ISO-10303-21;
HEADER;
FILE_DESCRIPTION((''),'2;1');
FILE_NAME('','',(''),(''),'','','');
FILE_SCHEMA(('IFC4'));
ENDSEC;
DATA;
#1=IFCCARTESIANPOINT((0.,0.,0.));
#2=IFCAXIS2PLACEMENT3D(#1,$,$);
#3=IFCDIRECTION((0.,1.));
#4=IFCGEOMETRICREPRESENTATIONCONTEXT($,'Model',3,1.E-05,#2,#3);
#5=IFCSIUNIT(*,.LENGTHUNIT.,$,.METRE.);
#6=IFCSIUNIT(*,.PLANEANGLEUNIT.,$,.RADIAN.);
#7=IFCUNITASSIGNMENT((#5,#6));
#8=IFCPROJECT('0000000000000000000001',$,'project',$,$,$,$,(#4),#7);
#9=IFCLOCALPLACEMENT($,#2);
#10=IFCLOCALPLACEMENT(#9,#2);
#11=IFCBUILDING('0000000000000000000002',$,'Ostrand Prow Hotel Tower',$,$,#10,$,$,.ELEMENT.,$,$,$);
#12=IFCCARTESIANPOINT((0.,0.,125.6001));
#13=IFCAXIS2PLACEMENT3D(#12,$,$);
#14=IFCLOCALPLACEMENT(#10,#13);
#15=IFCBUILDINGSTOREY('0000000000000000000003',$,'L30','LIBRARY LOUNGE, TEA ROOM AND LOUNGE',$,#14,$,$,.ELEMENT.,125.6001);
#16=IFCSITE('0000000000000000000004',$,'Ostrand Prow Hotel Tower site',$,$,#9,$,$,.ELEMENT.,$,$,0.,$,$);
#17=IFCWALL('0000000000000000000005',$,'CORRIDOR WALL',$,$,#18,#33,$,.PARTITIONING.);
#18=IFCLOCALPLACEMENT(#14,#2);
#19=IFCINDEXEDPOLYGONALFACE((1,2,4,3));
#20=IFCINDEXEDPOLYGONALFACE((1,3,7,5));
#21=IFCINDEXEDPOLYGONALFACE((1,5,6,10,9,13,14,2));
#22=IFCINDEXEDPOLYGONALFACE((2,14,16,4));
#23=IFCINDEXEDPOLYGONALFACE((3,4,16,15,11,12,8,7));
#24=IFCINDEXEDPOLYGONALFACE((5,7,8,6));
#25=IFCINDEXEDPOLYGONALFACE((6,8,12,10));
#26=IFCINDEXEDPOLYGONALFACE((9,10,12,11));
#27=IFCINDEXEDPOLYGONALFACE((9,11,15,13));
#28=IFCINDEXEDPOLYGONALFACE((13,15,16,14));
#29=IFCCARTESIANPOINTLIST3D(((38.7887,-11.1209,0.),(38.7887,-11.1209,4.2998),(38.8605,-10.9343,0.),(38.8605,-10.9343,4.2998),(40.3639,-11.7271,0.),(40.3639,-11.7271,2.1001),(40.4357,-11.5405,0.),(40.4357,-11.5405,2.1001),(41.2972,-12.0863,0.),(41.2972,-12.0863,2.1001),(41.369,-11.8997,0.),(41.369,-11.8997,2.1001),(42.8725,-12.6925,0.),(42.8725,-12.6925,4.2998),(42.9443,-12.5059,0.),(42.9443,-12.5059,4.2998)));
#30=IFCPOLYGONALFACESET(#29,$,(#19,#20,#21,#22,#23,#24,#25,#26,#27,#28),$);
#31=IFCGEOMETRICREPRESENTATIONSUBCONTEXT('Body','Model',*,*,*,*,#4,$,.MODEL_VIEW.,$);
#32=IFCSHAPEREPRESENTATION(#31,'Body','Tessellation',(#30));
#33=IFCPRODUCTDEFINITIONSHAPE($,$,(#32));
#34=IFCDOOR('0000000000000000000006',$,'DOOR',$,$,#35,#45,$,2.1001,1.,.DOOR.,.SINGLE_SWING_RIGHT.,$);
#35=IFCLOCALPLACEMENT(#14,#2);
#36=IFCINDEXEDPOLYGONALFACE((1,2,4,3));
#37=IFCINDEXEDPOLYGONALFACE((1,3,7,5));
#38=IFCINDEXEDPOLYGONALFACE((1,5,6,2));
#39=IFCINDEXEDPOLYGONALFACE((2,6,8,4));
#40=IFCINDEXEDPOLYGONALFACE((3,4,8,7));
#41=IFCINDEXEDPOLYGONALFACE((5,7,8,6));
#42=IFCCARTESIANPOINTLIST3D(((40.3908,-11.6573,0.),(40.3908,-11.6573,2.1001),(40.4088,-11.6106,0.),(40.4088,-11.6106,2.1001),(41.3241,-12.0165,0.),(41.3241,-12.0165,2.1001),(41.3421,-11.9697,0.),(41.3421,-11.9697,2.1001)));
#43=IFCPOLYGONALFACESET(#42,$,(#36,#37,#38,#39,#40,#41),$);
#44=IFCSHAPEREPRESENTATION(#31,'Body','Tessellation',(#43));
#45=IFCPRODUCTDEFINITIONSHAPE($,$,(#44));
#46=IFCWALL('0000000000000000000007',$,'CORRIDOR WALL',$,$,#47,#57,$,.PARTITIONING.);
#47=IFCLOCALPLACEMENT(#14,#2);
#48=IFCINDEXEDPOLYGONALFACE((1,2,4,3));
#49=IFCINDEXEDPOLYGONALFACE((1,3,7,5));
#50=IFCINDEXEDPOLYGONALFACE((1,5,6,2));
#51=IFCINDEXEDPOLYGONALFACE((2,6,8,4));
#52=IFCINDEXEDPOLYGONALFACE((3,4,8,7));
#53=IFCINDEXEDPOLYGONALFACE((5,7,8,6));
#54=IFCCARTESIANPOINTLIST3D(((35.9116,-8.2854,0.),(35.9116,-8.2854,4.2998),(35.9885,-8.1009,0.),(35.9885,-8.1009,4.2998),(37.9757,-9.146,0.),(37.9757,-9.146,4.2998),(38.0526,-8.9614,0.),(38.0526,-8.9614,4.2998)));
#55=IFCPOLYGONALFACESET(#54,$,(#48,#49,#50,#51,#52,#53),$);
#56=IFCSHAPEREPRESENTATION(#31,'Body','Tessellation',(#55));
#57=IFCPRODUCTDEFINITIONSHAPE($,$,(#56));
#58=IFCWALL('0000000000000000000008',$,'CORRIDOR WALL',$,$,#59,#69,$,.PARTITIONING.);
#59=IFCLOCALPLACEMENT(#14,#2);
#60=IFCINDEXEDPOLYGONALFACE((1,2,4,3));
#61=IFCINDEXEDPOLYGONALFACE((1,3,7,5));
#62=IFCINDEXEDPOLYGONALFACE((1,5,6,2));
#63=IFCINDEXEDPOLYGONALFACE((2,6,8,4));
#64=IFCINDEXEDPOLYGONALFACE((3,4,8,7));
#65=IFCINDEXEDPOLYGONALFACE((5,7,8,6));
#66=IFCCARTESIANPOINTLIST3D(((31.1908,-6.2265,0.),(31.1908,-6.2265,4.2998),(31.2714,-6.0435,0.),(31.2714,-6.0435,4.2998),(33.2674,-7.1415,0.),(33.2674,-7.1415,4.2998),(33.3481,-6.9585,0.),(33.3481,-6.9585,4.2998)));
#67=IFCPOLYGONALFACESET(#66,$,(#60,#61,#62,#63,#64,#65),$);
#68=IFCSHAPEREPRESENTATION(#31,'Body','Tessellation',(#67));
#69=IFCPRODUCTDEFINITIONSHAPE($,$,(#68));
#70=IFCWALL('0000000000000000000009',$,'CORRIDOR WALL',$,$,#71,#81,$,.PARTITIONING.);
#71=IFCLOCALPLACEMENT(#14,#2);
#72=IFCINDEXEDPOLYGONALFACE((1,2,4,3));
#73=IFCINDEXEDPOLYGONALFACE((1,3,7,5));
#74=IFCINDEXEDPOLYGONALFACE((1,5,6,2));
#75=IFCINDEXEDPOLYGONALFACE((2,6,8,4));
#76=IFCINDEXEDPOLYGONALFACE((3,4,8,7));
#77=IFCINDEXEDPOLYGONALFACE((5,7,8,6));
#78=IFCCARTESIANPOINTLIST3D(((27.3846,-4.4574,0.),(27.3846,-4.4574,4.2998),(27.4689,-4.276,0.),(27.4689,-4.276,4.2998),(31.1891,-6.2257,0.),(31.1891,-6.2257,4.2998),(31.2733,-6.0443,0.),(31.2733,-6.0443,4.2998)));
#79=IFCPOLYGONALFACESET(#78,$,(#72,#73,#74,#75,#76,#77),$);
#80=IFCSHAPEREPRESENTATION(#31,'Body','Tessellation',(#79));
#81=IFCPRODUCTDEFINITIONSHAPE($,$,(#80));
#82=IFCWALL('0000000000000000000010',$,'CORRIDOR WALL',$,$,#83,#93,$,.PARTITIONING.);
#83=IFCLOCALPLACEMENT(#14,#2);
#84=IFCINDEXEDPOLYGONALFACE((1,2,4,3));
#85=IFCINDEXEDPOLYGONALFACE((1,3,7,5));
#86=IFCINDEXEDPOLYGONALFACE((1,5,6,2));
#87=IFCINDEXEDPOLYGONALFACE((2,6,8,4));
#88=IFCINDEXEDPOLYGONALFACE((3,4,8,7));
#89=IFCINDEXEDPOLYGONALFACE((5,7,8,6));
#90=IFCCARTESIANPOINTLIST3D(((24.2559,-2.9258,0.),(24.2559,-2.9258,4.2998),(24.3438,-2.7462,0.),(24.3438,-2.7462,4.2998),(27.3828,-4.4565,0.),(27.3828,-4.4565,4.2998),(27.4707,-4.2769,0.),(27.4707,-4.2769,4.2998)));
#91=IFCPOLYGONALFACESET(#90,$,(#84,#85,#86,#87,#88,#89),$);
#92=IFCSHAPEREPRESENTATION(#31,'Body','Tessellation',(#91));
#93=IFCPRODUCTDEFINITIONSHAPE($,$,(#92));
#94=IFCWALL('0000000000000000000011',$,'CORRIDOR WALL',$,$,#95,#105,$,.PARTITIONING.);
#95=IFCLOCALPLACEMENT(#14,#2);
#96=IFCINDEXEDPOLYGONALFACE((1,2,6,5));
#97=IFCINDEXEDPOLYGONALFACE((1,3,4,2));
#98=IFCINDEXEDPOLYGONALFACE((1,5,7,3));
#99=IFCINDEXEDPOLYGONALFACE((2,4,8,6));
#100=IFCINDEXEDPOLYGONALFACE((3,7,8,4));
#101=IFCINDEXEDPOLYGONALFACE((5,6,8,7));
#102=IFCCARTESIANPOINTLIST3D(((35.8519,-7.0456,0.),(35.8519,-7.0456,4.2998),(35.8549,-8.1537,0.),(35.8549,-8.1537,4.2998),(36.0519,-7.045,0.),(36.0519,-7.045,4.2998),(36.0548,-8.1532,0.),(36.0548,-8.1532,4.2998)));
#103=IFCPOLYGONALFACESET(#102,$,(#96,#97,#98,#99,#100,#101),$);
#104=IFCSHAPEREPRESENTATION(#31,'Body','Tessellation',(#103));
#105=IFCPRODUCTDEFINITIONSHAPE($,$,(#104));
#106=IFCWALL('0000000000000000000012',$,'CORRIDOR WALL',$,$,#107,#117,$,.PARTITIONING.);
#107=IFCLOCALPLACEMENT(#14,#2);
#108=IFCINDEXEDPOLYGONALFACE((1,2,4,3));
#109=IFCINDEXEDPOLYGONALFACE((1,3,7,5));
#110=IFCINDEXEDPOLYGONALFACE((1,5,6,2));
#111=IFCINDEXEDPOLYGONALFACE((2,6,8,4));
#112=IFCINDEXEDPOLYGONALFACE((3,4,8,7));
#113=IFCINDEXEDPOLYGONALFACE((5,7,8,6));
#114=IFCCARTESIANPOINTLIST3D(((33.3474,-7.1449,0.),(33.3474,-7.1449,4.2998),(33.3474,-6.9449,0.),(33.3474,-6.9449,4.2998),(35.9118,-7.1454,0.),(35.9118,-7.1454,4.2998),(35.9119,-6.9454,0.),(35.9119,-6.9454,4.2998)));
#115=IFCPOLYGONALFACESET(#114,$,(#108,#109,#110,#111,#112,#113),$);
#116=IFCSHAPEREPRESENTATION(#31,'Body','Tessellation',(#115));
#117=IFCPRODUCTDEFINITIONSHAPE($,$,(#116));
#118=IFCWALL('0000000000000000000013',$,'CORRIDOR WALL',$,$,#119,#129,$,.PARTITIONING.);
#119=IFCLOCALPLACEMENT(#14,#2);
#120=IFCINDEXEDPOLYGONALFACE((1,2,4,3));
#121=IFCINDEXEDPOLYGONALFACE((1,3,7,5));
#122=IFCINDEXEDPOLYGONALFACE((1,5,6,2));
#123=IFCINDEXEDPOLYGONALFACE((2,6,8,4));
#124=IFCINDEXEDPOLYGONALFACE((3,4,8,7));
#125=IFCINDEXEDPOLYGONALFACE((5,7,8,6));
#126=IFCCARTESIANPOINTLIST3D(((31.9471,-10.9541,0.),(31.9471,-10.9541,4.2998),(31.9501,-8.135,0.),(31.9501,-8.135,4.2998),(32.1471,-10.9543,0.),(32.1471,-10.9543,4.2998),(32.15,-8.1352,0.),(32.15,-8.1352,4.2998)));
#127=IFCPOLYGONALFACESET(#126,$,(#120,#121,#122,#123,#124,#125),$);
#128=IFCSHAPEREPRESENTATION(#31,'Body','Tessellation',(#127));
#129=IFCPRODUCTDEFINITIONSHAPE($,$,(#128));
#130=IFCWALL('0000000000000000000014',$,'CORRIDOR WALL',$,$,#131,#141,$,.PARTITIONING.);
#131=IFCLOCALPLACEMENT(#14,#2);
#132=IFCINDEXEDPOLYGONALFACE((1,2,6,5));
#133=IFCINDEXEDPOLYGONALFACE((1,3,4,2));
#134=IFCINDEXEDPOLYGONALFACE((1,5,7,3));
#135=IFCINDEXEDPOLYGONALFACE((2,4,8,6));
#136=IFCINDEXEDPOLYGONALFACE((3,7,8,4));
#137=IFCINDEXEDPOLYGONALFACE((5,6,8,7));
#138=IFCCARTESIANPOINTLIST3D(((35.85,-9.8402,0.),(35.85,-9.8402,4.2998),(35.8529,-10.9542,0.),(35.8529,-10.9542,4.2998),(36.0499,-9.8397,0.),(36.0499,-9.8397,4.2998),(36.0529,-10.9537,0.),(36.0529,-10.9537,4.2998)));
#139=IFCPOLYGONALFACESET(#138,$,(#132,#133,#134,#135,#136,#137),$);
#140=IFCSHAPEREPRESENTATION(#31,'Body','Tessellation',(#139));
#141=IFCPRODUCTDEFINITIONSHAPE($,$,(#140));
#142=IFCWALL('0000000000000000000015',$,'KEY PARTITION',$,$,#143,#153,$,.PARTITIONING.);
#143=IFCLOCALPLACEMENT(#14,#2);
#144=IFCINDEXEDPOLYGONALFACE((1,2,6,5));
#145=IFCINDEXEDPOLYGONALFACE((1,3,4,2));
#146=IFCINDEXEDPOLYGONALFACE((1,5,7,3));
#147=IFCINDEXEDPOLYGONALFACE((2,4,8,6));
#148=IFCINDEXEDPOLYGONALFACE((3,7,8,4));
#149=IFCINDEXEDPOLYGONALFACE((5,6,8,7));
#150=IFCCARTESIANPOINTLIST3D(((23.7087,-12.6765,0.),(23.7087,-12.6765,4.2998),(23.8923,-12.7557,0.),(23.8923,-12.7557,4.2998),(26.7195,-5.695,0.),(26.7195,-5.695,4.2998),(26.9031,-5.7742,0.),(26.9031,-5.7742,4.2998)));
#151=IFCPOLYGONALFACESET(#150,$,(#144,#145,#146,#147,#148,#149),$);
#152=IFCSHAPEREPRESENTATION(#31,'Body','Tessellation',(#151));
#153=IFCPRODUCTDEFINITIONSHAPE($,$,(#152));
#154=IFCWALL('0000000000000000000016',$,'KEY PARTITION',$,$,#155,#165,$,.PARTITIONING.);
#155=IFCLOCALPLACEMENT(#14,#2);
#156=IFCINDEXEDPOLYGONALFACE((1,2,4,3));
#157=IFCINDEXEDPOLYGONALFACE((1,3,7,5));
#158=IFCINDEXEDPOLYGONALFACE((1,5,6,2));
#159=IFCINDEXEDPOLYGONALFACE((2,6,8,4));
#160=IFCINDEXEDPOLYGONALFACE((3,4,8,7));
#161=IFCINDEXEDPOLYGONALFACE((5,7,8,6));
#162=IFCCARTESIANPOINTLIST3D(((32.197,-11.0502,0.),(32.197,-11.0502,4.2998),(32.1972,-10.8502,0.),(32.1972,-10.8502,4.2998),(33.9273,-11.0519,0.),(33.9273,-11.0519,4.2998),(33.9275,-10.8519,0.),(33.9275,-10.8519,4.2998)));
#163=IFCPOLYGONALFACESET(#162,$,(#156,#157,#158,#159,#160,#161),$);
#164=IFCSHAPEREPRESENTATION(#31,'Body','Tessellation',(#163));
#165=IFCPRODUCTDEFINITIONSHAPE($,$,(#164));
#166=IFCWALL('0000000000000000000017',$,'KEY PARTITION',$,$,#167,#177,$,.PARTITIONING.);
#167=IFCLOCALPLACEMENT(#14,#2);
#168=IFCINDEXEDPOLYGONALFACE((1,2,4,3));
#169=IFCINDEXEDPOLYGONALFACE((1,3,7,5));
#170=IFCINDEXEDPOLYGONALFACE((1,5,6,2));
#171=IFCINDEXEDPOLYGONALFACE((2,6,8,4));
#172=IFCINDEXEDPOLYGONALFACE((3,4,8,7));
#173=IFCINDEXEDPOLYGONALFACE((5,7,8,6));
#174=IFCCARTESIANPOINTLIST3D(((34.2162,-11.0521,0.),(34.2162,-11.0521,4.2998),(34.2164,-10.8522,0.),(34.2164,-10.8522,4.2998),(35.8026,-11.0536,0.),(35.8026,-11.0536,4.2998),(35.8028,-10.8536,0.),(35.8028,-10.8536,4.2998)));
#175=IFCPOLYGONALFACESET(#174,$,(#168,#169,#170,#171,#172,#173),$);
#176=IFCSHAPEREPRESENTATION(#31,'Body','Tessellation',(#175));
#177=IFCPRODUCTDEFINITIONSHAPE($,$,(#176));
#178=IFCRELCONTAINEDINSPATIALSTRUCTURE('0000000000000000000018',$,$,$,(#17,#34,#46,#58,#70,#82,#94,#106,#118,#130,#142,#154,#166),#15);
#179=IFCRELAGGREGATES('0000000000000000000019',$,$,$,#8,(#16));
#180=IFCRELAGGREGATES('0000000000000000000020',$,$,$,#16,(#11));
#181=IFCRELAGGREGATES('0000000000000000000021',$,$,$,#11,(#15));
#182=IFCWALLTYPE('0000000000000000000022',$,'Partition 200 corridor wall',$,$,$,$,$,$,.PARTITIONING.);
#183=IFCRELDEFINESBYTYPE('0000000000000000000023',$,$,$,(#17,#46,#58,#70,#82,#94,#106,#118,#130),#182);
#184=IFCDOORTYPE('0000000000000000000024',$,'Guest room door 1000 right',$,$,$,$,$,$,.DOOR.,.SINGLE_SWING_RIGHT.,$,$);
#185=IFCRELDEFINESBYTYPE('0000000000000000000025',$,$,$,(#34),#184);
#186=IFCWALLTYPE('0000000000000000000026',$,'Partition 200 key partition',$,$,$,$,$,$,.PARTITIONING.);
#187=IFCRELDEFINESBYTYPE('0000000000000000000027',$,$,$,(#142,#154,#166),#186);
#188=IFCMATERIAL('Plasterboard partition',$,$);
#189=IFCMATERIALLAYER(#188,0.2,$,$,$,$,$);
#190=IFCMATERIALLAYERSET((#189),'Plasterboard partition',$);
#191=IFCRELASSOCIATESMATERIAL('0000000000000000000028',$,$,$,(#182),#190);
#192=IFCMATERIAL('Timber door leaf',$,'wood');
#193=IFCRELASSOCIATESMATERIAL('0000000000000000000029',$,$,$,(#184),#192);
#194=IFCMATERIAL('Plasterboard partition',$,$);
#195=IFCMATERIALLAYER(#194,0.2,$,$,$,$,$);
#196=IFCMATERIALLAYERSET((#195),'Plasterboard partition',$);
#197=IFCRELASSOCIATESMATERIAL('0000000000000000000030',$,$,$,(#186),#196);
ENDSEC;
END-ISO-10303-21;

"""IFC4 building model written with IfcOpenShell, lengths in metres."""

from ifc_helpers import new_model, si_unit, direction, frame, frame_2d, origin, place, context, subcontext, project, spatial, rectangle, extrude, material, layer, layer_set, type_object, element, fill, save


model = new_model("IFC4")

# Units and contexts
model_context = context("Model", 3, precision=1e-05, world=origin(), true_north=direction((0.0, 1.0)))
body_context = subcontext(model_context, "Body", "Model", "MODEL_VIEW")
ifc_project = project(units=[si_unit("LENGTHUNIT", "METRE"), si_unit("PLANEANGLEUNIT", "RADIAN")], contexts=[model_context])

# Site, building, storey
site_placement = place(None, origin())
site = spatial("IfcSite", under=ifc_project, at=site_placement, Name="Ostrand Prow Hotel Tower site", CompositionType="ELEMENT", RefElevation=0.0)
building_placement = place(site_placement, origin())
building = spatial("IfcBuilding", under=site, at=building_placement, Name="Ostrand Prow Hotel Tower", CompositionType="ELEMENT")
storey_placement = place(building_placement, frame((0.0, 0.0, 125.6001)))
storey = spatial("IfcBuildingStorey", under=building, at=storey_placement, Name="L30", Description="LIBRARY LOUNGE, TEA ROOM AND LOUNGE", CompositionType="ELEMENT", Elevation=125.6001)

# Wall, opening, door
ifc_material_1 = material(Name="Plasterboard partition")
ifc_layer_1 = layer(ifc_material_1, 0.2)
ifc_layer_set_1 = layer_set([ifc_layer_1], Name="Plasterboard partition")
wall_type_1 = type_object("IfcWallType", Name="Partition 200 corridor wall", PredefinedType="PARTITIONING", material=ifc_layer_set_1)
wall_1_placement = place(storey_placement, frame((38.8245, -11.0276, 0.0), z_axis=(0.0, 0.0, 1.0), x_axis=(0.933279, -0.359151, 0.0)))
wall_1 = element("IfcWall", 1, at=wall_1_placement, inside=storey, type_object=wall_type_1, Name="CORRIDOR WALL", PredefinedType="PARTITIONING", context=body_context, shape_type="SweptSolid", body=[
    extrude(rectangle(XDim=4.3757, YDim=0.2, at=frame_2d((2.188, 0.0))), origin(), (0.0, 0.0, 1.0), 4.2998),
])
opening_1_placement = place(wall_1_placement, frame((1.688, 0.0, 0.0)))
opening_1 = element("IfcOpeningElement", 2, at=opening_1_placement, cuts=wall_1, PredefinedType="OPENING", context=body_context, shape_type="SweptSolid", body=[
    extrude(rectangle(XDim=1.0, YDim=2.1001, at=frame_2d((0.5, 1.05))), frame((0.0, 0.1099, 0.0), z_axis=(0.0, -1.0, 0.0), x_axis=(1.0, 0.0, 0.0)), (0.0, 0.0, 1.0), 0.22),
])
ifc_material_2 = material(Name="Timber door leaf", Category="wood")
door_type_1 = type_object("IfcDoorType", Name="Guest room door 1000 right", OperationType="SINGLE_SWING_RIGHT", PredefinedType="DOOR", material=ifc_material_2)
door_1_placement = place(opening_1_placement, origin())
door_1 = element("IfcDoor", 3, at=door_1_placement, inside=storey, type_object=door_type_1, Name="DOOR", OperationType="SINGLE_SWING_RIGHT", OverallHeight=2.1001, OverallWidth=1.0, PredefinedType="DOOR", context=body_context, shape_type="SweptSolid", body=[
    extrude(rectangle(XDim=1.0, YDim=2.1001, at=frame_2d((0.5, 1.05))), frame((0.0, 0.0249, 0.0), z_axis=(0.0, -1.0, 0.0), x_axis=(1.0, 0.0, 0.0)), (0.0, 0.0, 1.0), 0.05),
])
fill(opening_1, door_1)

# Walls
wall_2_placement = place(storey_placement, frame((38.0142, -9.0537, 0.0), z_axis=(0.0, 0.0, 1.0), x_axis=(-0.922996, 0.384809, 0.0)))
element("IfcWall", 4, at=wall_2_placement, inside=storey, type_object=wall_type_1, Name="CORRIDOR WALL", PredefinedType="PARTITIONING", context=body_context, shape_type="SweptSolid", body=[
    extrude(rectangle(XDim=2.2363, YDim=0.2, at=frame_2d((1.1182, 0.0))), origin(), (0.0, 0.0, 1.0), 4.2998),
])
wall_3_placement = place(storey_placement, frame((33.3079, -7.05, 0.0), z_axis=(0.0, 0.0, 1.0), x_axis=(-0.915102, 0.403222, 0.0)))
element("IfcWall", 5, at=wall_3_placement, inside=storey, type_object=wall_type_1, Name="CORRIDOR WALL", PredefinedType="PARTITIONING", context=body_context, shape_type="SweptSolid", body=[
    extrude(rectangle(XDim=2.2693, YDim=0.2, at=frame_2d((1.1348, 0.0))), origin(), (0.0, 0.0, 1.0), 4.2998),
])
wall_4_placement = place(storey_placement, frame((31.2312, -6.135, 0.0), z_axis=(0.0, 0.0, 1.0), x_axis=(-0.90683, 0.421496, 0.0)))
element("IfcWall", 6, at=wall_4_placement, inside=storey, type_object=wall_type_1, Name="CORRIDOR WALL", PredefinedType="PARTITIONING", context=body_context, shape_type="SweptSolid", body=[
    extrude(rectangle(XDim=4.1953, YDim=0.2, at=frame_2d((2.0977, 0.0))), origin(), (0.0, 0.0, 1.0), 4.2998),
])
wall_5_placement = place(storey_placement, frame((27.4268, -4.3667, 0.0), z_axis=(0.0, 0.0, 1.0), x_axis=(-0.898154, 0.43968, 0.0)))
element("IfcWall", 7, at=wall_5_placement, inside=storey, type_object=wall_type_1, Name="CORRIDOR WALL", PredefinedType="PARTITIONING", context=body_context, shape_type="SweptSolid", body=[
    extrude(rectangle(XDim=3.4814, YDim=0.2, at=frame_2d((1.7407, 0.0))), origin(), (0.0, 0.0, 1.0), 4.2998),
])
wall_6_placement = place(storey_placement, frame((35.9548, -8.1536, 0.0), z_axis=(0.0, 0.0, 1.0), x_axis=(-0.002644, 0.999997, 0.0)))
element("IfcWall", 8, at=wall_6_placement, inside=storey, type_object=wall_type_1, Name="CORRIDOR WALL", PredefinedType="PARTITIONING", context=body_context, shape_type="SweptSolid", body=[
    extrude(rectangle(XDim=1.1082, YDim=0.2, at=frame_2d((0.5542, 0.0))), origin(), (0.0, 0.0, 1.0), 4.2998),
])
wall_7_placement = place(storey_placement, frame((35.9119, -7.0454, 0.0), z_axis=(0.0, 0.0, 1.0), x_axis=(-1.0, 0.00019, 0.0)))
element("IfcWall", 9, at=wall_7_placement, inside=storey, type_object=wall_type_1, Name="CORRIDOR WALL", PredefinedType="PARTITIONING", context=body_context, shape_type="SweptSolid", body=[
    extrude(rectangle(XDim=2.5645, YDim=0.2, at=frame_2d((1.2822, 0.0))), origin(), (0.0, 0.0, 1.0), 4.2998),
])
wall_8_placement = place(storey_placement, frame((32.05, -8.135, 0.0), z_axis=(0.0, 0.0, 1.0), x_axis=(-0.001039, -0.999999, 0.0)))
element("IfcWall", 10, at=wall_8_placement, inside=storey, type_object=wall_type_1, Name="CORRIDOR WALL", PredefinedType="PARTITIONING", context=body_context, shape_type="SweptSolid", body=[
    extrude(rectangle(XDim=2.8191, YDim=0.2, at=frame_2d((1.4097, 0.0))), origin(), (0.0, 0.0, 1.0), 4.2998),
])
wall_9_placement = place(storey_placement, frame((35.9529, -10.9541, 0.0), z_axis=(0.0, 0.0, 1.0), x_axis=(-0.00263, 0.999997, 0.0)))
element("IfcWall", 11, at=wall_9_placement, inside=storey, type_object=wall_type_1, Name="CORRIDOR WALL", PredefinedType="PARTITIONING", context=body_context, shape_type="SweptSolid", body=[
    extrude(rectangle(XDim=1.114, YDim=0.2, at=frame_2d((0.5571, 0.0))), origin(), (0.0, 0.0, 1.0), 4.2998),
])
ifc_material_3 = material(Name="Plasterboard partition")
ifc_layer_2 = layer(ifc_material_3, 0.2)
ifc_layer_set_2 = layer_set([ifc_layer_2], Name="Plasterboard partition")
wall_type_2 = type_object("IfcWallType", Name="Partition 200 key partition", PredefinedType="PARTITIONING", material=ifc_layer_set_2)
wall_10_placement = place(storey_placement, frame((23.8005, -12.7161, 0.0), z_axis=(0.0, 0.0, 1.0), x_axis=(0.395996, 0.918252, 0.0)))
element("IfcWall", 12, at=wall_10_placement, inside=storey, type_object=wall_type_2, Name="KEY PARTITION", PredefinedType="PARTITIONING", context=body_context, shape_type="SweptSolid", body=[
    extrude(rectangle(XDim=7.603, YDim=0.2, at=frame_2d((3.8015, 0.0))), origin(), (0.0, 0.0, 1.0), 4.2998),
])
wall_11_placement = place(storey_placement, frame((33.9275, -10.9519, 0.0), z_axis=(0.0, 0.0, 1.0), x_axis=(-1.0, 0.000988, 0.0)))
element("IfcWall", 13, at=wall_11_placement, inside=storey, type_object=wall_type_2, Name="KEY PARTITION", PredefinedType="PARTITIONING", context=body_context, shape_type="SweptSolid", body=[
    extrude(rectangle(XDim=1.7302, YDim=0.2, at=frame_2d((0.8652, 0.0))), origin(), (0.0, 0.0, 1.0), 4.2998),
])
wall_12_placement = place(storey_placement, frame((35.8027, -10.9536, 0.0), z_axis=(0.0, 0.0, 1.0), x_axis=(-1.0, 0.000923, 0.0)))
element("IfcWall", 14, at=wall_12_placement, inside=storey, type_object=wall_type_2, Name="KEY PARTITION", PredefinedType="PARTITIONING", context=body_context, shape_type="SweptSolid", body=[
    extrude(rectangle(XDim=1.5864, YDim=0.2, at=frame_2d((0.7932, 0.0))), origin(), (0.0, 0.0, 1.0), 4.2998),
])

save(model, "model.ifc")
